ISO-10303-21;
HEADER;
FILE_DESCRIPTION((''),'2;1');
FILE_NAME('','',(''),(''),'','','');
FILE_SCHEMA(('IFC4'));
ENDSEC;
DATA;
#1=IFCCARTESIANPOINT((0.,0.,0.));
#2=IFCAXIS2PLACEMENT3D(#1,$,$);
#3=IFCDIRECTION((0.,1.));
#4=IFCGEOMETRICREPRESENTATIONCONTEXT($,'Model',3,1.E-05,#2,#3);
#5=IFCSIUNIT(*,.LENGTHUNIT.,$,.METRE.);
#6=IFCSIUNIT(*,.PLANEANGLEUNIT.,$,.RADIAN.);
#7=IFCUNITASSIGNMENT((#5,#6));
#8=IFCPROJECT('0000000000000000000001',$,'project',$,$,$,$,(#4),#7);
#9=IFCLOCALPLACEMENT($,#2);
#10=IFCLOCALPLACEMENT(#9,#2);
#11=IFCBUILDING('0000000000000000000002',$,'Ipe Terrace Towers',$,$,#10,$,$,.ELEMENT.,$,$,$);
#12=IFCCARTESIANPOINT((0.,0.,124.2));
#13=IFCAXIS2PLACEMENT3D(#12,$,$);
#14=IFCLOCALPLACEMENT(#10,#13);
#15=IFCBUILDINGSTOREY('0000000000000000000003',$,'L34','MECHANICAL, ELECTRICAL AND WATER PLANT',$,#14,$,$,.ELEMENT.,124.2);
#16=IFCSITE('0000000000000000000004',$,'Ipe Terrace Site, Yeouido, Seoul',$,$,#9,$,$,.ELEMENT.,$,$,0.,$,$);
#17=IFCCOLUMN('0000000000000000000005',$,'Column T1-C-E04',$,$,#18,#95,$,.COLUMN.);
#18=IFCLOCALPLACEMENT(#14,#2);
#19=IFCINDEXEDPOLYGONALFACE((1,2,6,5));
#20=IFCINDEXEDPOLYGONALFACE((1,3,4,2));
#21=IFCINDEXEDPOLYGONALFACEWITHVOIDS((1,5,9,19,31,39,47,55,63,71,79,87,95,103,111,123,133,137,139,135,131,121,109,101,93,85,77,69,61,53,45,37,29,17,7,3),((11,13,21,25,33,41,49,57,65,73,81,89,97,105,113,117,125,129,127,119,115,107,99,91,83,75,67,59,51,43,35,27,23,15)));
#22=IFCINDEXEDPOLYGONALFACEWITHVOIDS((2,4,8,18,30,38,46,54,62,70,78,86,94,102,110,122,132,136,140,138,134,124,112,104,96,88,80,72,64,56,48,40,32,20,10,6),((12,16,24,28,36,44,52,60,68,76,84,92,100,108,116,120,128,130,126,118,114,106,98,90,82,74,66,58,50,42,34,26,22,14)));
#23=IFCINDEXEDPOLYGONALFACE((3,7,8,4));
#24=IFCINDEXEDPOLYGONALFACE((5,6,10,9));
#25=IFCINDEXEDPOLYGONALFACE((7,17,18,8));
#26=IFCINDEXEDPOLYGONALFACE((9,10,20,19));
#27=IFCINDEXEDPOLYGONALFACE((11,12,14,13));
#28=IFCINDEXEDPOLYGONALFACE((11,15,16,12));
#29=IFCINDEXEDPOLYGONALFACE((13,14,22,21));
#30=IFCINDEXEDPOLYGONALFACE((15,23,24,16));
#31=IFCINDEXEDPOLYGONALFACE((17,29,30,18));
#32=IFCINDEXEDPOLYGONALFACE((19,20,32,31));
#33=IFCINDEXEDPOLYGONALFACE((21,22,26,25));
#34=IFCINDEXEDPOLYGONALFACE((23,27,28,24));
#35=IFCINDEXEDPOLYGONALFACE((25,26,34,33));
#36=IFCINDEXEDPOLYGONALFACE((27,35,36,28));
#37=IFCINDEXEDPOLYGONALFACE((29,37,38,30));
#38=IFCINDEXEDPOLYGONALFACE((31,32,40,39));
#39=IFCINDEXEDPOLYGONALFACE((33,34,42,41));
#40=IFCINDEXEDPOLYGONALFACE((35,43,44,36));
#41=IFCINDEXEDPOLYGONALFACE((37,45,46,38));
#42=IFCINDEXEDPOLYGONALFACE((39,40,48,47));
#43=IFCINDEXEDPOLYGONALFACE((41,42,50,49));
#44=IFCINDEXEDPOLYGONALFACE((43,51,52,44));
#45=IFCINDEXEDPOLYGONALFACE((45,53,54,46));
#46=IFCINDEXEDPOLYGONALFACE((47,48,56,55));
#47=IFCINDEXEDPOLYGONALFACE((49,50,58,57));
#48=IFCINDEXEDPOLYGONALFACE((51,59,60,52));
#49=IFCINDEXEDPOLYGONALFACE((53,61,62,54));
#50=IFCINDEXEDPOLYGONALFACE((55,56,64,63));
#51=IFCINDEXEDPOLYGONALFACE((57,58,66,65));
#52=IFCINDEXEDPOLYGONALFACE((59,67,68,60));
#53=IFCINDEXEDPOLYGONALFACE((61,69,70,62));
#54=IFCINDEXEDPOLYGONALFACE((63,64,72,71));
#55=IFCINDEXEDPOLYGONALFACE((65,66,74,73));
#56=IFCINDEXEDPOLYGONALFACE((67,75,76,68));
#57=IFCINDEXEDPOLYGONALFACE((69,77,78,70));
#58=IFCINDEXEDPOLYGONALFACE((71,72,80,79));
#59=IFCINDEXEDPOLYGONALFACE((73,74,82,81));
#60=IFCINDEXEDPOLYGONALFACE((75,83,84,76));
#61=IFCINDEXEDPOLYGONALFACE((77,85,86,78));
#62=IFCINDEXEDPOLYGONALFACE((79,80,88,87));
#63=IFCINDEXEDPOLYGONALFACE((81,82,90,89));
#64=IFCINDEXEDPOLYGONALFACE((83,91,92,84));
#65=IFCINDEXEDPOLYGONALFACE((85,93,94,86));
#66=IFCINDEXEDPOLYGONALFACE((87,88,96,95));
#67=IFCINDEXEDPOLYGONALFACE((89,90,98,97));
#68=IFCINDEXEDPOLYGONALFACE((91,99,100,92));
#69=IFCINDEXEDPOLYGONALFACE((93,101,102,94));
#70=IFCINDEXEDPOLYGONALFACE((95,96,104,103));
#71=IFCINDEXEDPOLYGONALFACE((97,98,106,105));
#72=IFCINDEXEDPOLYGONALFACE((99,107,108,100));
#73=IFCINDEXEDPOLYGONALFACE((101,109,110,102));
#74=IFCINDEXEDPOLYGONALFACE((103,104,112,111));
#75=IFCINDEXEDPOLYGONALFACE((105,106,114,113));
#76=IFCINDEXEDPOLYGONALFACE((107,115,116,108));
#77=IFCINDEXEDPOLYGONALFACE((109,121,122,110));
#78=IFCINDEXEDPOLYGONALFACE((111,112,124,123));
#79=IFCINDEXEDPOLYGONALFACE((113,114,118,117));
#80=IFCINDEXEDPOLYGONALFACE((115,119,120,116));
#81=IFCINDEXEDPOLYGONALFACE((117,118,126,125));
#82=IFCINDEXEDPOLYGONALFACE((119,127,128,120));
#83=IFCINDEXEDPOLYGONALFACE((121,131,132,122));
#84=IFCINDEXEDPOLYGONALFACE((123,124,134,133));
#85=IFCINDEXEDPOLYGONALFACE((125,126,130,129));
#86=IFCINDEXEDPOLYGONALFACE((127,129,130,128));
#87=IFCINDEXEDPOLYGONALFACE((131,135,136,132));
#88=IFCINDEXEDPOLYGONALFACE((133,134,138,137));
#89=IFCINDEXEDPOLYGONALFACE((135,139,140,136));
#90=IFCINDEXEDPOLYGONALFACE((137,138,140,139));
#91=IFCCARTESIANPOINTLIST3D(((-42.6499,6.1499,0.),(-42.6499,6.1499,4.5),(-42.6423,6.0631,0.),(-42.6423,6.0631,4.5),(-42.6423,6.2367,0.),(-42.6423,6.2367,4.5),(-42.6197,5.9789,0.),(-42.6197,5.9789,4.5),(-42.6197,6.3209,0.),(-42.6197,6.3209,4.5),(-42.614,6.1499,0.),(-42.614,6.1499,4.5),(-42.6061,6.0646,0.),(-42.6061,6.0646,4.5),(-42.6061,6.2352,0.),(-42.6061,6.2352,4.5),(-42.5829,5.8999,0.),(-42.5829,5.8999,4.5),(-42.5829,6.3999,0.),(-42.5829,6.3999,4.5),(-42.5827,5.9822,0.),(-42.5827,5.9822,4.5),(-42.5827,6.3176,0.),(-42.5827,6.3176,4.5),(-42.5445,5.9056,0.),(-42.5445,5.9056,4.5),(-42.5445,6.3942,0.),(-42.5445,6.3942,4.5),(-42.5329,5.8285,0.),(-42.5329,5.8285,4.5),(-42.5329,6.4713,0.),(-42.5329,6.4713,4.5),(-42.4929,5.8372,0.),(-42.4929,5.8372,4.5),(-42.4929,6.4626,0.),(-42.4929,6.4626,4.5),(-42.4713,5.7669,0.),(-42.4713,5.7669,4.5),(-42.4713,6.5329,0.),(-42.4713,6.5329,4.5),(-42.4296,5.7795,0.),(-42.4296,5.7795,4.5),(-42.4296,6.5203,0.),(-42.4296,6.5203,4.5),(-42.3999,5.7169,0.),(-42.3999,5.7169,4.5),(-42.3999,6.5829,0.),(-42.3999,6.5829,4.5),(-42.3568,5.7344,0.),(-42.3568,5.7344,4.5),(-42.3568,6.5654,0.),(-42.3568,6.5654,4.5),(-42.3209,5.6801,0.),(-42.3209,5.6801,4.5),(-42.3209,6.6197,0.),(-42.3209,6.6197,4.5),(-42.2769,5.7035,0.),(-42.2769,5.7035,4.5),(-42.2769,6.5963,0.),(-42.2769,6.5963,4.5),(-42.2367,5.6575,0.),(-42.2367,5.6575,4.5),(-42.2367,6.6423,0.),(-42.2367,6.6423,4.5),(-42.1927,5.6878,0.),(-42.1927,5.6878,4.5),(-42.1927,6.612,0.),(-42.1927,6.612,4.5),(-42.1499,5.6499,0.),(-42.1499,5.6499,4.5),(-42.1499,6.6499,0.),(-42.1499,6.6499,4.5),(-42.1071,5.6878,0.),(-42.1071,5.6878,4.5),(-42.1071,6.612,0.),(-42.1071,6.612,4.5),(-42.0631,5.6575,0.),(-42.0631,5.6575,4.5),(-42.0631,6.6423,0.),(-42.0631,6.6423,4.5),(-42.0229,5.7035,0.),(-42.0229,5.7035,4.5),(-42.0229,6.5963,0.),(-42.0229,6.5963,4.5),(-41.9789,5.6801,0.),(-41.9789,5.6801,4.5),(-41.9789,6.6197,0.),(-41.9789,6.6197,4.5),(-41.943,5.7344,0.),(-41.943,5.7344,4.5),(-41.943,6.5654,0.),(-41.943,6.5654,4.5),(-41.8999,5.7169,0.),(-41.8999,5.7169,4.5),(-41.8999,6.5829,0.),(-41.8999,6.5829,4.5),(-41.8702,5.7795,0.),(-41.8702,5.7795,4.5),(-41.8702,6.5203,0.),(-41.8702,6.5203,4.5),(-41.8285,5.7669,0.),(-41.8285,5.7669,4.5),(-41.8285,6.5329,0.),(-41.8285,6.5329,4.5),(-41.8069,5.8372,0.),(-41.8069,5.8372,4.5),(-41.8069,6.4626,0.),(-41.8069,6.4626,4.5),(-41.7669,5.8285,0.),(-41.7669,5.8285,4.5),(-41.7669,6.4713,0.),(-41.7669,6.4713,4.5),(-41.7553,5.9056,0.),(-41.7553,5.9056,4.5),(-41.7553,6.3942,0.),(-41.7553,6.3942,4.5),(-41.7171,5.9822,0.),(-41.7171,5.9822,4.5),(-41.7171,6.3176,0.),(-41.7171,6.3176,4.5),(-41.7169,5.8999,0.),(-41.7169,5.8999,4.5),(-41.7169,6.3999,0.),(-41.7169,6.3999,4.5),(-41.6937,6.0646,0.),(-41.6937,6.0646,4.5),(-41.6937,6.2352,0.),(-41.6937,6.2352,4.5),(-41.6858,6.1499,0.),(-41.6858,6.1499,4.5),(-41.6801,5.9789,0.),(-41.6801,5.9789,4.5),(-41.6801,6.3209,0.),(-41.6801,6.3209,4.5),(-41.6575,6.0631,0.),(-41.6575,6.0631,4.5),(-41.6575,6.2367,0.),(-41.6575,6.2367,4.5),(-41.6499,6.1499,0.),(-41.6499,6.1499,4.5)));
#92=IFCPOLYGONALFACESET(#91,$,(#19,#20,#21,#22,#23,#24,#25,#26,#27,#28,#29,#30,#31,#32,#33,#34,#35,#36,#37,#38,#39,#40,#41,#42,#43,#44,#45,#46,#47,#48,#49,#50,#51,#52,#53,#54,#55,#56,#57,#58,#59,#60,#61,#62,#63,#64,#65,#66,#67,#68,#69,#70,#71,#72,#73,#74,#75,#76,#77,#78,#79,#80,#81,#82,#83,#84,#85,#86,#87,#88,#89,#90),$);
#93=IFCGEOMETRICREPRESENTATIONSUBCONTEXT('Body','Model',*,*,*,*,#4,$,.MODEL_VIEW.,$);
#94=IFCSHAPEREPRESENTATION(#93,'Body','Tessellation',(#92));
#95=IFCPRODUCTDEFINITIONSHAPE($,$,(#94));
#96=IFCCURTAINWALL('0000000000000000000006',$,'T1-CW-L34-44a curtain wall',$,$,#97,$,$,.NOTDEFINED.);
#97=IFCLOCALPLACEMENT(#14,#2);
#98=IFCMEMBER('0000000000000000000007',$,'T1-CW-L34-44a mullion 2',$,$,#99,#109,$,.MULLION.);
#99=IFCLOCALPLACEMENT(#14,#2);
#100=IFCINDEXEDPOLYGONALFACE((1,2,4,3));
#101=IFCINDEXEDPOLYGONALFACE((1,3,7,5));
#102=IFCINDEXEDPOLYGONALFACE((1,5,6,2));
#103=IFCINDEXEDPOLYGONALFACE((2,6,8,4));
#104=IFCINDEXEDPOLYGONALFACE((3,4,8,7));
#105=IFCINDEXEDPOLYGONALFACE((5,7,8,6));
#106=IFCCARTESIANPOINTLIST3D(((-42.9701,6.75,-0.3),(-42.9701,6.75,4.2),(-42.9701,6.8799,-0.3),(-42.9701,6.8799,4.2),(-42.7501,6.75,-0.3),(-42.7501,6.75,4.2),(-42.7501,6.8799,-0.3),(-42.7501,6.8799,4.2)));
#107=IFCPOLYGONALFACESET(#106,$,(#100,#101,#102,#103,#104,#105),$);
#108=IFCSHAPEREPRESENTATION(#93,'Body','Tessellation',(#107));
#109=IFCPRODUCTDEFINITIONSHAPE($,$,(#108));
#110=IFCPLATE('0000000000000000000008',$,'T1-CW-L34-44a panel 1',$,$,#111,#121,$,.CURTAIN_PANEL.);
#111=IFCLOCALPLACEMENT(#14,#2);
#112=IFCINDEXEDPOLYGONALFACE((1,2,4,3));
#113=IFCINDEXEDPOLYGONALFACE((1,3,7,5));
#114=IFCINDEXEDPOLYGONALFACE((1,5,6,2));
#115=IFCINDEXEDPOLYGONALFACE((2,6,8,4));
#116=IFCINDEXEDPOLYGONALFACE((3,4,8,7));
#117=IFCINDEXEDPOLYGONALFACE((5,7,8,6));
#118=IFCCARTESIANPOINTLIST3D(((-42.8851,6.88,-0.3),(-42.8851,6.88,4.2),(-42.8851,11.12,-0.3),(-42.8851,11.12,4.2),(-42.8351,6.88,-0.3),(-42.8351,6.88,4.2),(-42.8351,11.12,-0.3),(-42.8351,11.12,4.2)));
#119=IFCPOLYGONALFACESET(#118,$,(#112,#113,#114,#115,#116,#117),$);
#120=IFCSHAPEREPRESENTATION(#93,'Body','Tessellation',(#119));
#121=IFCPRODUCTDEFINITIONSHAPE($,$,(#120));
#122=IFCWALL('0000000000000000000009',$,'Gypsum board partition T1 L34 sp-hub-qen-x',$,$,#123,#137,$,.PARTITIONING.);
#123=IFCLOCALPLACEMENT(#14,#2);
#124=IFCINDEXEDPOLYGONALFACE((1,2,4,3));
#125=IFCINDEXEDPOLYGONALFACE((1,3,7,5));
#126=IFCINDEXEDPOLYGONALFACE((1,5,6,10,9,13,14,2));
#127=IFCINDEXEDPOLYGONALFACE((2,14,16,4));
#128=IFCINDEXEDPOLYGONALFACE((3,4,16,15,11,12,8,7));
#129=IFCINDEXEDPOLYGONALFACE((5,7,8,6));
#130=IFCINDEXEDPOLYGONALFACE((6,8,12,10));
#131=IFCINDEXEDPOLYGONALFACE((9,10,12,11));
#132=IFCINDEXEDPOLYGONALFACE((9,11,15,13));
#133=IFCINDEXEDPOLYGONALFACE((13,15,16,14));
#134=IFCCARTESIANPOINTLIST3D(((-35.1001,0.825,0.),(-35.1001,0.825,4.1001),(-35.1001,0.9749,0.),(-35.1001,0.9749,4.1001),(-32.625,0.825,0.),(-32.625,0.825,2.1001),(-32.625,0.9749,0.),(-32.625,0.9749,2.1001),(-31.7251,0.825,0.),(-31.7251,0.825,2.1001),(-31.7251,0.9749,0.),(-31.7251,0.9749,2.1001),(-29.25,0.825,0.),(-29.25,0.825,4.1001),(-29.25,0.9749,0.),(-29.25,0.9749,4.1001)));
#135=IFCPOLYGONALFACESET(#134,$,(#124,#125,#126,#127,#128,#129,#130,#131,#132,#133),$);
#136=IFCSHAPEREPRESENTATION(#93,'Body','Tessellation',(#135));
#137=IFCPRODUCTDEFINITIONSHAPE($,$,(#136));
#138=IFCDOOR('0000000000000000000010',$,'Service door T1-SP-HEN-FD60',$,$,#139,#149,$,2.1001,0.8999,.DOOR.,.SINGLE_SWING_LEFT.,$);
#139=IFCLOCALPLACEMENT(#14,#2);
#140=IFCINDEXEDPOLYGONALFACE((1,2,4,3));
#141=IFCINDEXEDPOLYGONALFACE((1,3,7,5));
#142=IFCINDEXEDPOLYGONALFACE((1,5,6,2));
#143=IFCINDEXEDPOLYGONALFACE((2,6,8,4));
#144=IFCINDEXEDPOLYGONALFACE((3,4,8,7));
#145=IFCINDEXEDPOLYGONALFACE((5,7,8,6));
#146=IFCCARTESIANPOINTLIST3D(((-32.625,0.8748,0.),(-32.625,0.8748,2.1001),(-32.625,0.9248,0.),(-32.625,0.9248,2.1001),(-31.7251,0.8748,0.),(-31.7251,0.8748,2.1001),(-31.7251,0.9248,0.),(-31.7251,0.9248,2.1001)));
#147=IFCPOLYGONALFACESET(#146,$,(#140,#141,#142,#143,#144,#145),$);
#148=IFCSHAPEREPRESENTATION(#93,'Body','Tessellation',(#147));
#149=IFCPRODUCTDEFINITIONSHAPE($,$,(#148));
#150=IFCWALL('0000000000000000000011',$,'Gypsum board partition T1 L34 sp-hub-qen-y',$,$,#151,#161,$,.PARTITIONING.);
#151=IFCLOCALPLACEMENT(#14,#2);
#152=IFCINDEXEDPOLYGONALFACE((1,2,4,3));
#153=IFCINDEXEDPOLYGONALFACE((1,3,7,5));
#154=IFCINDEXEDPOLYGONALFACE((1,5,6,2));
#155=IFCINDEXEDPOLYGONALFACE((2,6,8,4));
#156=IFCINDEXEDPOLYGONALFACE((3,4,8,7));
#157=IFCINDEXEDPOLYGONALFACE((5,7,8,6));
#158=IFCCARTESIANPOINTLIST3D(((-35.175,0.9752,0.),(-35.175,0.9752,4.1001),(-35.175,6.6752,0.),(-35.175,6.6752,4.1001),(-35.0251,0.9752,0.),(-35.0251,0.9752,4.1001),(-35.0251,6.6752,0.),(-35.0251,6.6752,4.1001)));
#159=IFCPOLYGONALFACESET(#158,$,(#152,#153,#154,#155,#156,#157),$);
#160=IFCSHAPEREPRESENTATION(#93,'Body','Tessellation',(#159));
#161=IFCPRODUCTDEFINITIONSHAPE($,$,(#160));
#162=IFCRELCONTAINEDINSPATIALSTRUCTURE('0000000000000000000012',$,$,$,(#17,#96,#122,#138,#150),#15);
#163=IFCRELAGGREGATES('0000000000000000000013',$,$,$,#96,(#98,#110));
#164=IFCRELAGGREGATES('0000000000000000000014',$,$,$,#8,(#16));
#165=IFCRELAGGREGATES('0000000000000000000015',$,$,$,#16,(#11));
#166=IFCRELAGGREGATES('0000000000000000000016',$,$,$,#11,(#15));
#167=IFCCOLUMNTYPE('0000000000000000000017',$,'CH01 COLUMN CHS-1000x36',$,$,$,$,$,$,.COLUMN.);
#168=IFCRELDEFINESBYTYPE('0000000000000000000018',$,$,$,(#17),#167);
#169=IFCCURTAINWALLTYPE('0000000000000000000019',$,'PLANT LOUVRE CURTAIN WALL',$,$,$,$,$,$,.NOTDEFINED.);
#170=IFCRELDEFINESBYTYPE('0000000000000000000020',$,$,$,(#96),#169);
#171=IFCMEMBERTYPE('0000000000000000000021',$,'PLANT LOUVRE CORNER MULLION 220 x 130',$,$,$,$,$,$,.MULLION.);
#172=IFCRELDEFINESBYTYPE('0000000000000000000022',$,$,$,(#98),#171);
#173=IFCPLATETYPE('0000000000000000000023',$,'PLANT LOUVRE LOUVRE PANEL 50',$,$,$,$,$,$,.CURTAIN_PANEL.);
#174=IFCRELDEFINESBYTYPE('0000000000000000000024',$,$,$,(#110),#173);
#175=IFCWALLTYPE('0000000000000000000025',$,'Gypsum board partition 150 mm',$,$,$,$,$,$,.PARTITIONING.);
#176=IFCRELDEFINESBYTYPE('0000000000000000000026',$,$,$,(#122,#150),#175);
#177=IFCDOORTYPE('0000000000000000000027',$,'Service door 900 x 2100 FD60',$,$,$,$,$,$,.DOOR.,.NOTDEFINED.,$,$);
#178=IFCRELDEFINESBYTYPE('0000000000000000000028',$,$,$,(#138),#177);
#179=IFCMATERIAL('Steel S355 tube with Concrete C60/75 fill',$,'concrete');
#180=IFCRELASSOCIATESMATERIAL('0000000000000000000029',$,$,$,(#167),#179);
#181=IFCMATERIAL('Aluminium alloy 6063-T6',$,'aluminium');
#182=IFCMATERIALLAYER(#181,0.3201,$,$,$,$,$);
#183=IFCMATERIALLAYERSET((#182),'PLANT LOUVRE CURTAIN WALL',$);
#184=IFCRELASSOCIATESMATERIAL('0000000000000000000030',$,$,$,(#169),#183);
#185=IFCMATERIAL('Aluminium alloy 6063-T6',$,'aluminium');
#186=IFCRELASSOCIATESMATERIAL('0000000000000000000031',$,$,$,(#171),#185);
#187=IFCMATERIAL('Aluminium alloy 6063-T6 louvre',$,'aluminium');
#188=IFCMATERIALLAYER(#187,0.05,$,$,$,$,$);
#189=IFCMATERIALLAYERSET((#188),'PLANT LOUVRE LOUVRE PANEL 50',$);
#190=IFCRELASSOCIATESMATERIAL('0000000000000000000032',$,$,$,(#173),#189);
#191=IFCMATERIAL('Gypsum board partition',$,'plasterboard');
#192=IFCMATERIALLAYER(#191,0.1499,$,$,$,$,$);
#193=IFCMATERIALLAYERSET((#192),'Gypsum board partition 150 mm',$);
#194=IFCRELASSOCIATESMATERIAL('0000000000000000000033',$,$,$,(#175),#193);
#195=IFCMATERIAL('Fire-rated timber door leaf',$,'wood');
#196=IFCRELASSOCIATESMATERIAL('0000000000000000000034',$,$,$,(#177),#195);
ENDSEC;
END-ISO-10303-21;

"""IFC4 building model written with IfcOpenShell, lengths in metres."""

from ifc_helpers import new_model, si_unit, direction, frame, frame_2d, origin, origin_2d, place, context, subcontext, project, spatial, rectangle, hollow_circle, extrude, material, layer, layer_set, material_profile, profile_set, type_object, element, fill, aggregate, save


model = new_model("IFC4")

# Units and contexts
model_context = context("Model", 3, precision=1e-05, world=origin(), true_north=direction((0.0, 1.0)))
body_context = subcontext(model_context, "Body", "Model", "MODEL_VIEW")
ifc_project = project(units=[si_unit("LENGTHUNIT", "METRE"), si_unit("PLANEANGLEUNIT", "RADIAN")], contexts=[model_context])

# Site, building, storey
site_placement = place(None, origin())
site = spatial("IfcSite", under=ifc_project, at=site_placement, Name="Ipe Terrace Site, Yeouido, Seoul", CompositionType="ELEMENT", RefElevation=0.0)
building_placement = place(site_placement, origin())
building = spatial("IfcBuilding", under=site, at=building_placement, Name="Ipe Terrace Towers", CompositionType="ELEMENT")
storey_placement = place(building_placement, frame((0.0, 0.0, 124.2)))
storey = spatial("IfcBuildingStorey", under=building, at=storey_placement, Name="L34", Description="MECHANICAL, ELECTRICAL AND WATER PLANT", CompositionType="ELEMENT", Elevation=124.2)

# Column
ifc_material_1 = material(Name="Steel S355 tube with Concrete C60/75 fill", Category="concrete")
ifc_material_profile_1 = material_profile(ifc_material_1, hollow_circle(Radius=0.5, WallThickness=0.0359, at=origin_2d()), Name="CHS-1000x36")
ifc_profile_set_1 = profile_set([ifc_material_profile_1], Name="Steel S355 tube with Concrete C60/75 fill")
column_type = type_object("IfcColumnType", Name="CH01 COLUMN CHS-1000x36", PredefinedType="COLUMN", material=ifc_profile_set_1)
column_placement = place(storey_placement, frame((-42.1499, 6.1499, 0.0), z_axis=(0.0, 0.0, 1.0), x_axis=(1.0, 0.0, 0.0)))
element("IfcColumn", 1, at=column_placement, inside=storey, type_object=column_type, Name="Column T1-C-E04", PredefinedType="COLUMN", context=body_context, shape_type="SweptSolid", body=[
    extrude(hollow_circle(Radius=0.5, WallThickness=0.0359, at=origin_2d()), origin(), (0.0, 0.0, 1.0), 4.5),
])

# Curtain wall, member, plate
ifc_material_2 = material(Name="Aluminium alloy 6063-T6", Category="aluminium")
ifc_layer_1 = layer(ifc_material_2, 0.3201)
ifc_layer_set_1 = layer_set([ifc_layer_1], Name="PLANT LOUVRE CURTAIN WALL")
curtain_wall_type = type_object("IfcCurtainWallType", Name="PLANT LOUVRE CURTAIN WALL", PredefinedType="NOTDEFINED", material=ifc_layer_set_1)
curtain_wall_placement = place(storey_placement, origin())
curtain_wall = element("IfcCurtainWall", 2, at=curtain_wall_placement, inside=storey, type_object=curtain_wall_type, Name="T1-CW-L34-44a curtain wall", PredefinedType="NOTDEFINED")
ifc_material_3 = material(Name="Aluminium alloy 6063-T6", Category="aluminium")
ifc_material_profile_2 = material_profile(ifc_material_3, rectangle(XDim=0.22, YDim=0.1299, at=origin_2d()), Name="PLANT LOUVRE CORNER MULLION 220 x 130")
ifc_profile_set_2 = profile_set([ifc_material_profile_2], Name="Aluminium alloy 6063-T6")
member_type = type_object("IfcMemberType", Name="PLANT LOUVRE CORNER MULLION 220 x 130", PredefinedType="MULLION", material=ifc_profile_set_2)
member_placement = place(storey_placement, frame((-42.8601, 6.8149, -0.3), z_axis=(0.0, 0.0, 1.0), x_axis=(-1.0, 0.0, 0.0)))
member = element("IfcMember", 3, at=member_placement, type_object=member_type, Name="T1-CW-L34-44a mullion 2", PredefinedType="MULLION", context=body_context, shape_type="SweptSolid", body=[
    extrude(rectangle(XDim=0.22, YDim=0.1299, at=origin_2d()), origin(), (0.0, 0.0, 1.0), 4.5),
])
ifc_material_4 = material(Name="Aluminium alloy 6063-T6 louvre", Category="aluminium")
ifc_layer_2 = layer(ifc_material_4, 0.05)
ifc_layer_set_2 = layer_set([ifc_layer_2], Name="PLANT LOUVRE LOUVRE PANEL 50")
plate_type = type_object("IfcPlateType", Name="PLANT LOUVRE LOUVRE PANEL 50", PredefinedType="CURTAIN_PANEL", material=ifc_layer_set_2)
plate_placement = place(storey_placement, frame((-42.8601, 9.0, -0.3), z_axis=(0.0, 0.0, 1.0), x_axis=(0.0, -1.0, 0.0)))
plate = element("IfcPlate", 4, at=plate_placement, type_object=plate_type, Name="T1-CW-L34-44a panel 1", PredefinedType="CURTAIN_PANEL", context=body_context, shape_type="SweptSolid", body=[
    extrude(rectangle(XDim=4.24, YDim=0.05, at=origin_2d()), origin(), (0.0, 0.0, 1.0), 4.5),
])
aggregate(curtain_wall, [member, plate])

# Wall, opening, door
ifc_material_5 = material(Name="Gypsum board partition", Category="plasterboard")
ifc_layer_3 = layer(ifc_material_5, 0.1499)
ifc_layer_set_3 = layer_set([ifc_layer_3], Name="Gypsum board partition 150 mm")
wall_type = type_object("IfcWallType", Name="Gypsum board partition 150 mm", PredefinedType="PARTITIONING", material=ifc_layer_set_3)
wall_1_placement = place(storey_placement, frame((-35.1001, 0.8999, 0.0), z_axis=(0.0, 0.0, 1.0), x_axis=(1.0, 0.0, 0.0)))
wall_1 = element("IfcWall", 5, at=wall_1_placement, inside=storey, type_object=wall_type, Name="Gypsum board partition T1 L34 sp-hub-qen-x", PredefinedType="PARTITIONING", context=body_context, shape_type="SweptSolid", body=[
    extrude(rectangle(XDim=5.8501, YDim=0.1499, at=frame_2d((2.925, 0.0))), origin(), (0.0, 0.0, 1.0), 4.1001),
])
opening_1_placement = place(wall_1_placement, frame((2.4751, 0.0, 0.0)))
opening_1 = element("IfcOpeningElement", 6, at=opening_1_placement, cuts=wall_1, PredefinedType="OPENING", context=body_context, shape_type="SweptSolid", body=[
    extrude(rectangle(XDim=0.8999, YDim=2.1001, at=frame_2d((0.45, 1.05))), frame((0.0, 0.085, 0.0), z_axis=(0.0, -1.0, 0.0), x_axis=(1.0, 0.0, 0.0)), (0.0, 0.0, 1.0), 0.1699),
])
ifc_material_6 = material(Name="Fire-rated timber door leaf", Category="wood")
door_type_1 = type_object("IfcDoorType", Name="Service door 900 x 2100 FD60", OperationType="NOTDEFINED", PredefinedType="DOOR", material=ifc_material_6)
door_1_placement = place(opening_1_placement, origin())
door_1 = element("IfcDoor", 7, at=door_1_placement, inside=storey, type_object=door_type_1, Name="Service door T1-SP-HEN-FD60", OperationType="SINGLE_SWING_LEFT", OverallHeight=2.1001, OverallWidth=0.8999, PredefinedType="DOOR", context=body_context, shape_type="SweptSolid", body=[
    extrude(rectangle(XDim=0.8999, YDim=2.1001, at=frame_2d((0.45, 1.05))), frame((0.0, 0.0249, 0.0), z_axis=(0.0, -1.0, 0.0), x_axis=(1.0, 0.0, 0.0)), (0.0, 0.0, 1.0), 0.05),
])
fill(opening_1, door_1)

# Wall
wall_2_placement = place(storey_placement, frame((-35.1001, 0.9751, 0.0), z_axis=(0.0, 0.0, 1.0), x_axis=(0.0, 1.0, 0.0)))
element("IfcWall", 8, at=wall_2_placement, inside=storey, type_object=wall_type, Name="Gypsum board partition T1 L34 sp-hub-qen-y", PredefinedType="PARTITIONING", context=body_context, shape_type="SweptSolid", body=[
    extrude(rectangle(XDim=5.7, YDim=0.1499, at=frame_2d((2.8501, 0.0))), origin(), (0.0, 0.0, 1.0), 4.1001),
])

save(model, "model.ifc")
